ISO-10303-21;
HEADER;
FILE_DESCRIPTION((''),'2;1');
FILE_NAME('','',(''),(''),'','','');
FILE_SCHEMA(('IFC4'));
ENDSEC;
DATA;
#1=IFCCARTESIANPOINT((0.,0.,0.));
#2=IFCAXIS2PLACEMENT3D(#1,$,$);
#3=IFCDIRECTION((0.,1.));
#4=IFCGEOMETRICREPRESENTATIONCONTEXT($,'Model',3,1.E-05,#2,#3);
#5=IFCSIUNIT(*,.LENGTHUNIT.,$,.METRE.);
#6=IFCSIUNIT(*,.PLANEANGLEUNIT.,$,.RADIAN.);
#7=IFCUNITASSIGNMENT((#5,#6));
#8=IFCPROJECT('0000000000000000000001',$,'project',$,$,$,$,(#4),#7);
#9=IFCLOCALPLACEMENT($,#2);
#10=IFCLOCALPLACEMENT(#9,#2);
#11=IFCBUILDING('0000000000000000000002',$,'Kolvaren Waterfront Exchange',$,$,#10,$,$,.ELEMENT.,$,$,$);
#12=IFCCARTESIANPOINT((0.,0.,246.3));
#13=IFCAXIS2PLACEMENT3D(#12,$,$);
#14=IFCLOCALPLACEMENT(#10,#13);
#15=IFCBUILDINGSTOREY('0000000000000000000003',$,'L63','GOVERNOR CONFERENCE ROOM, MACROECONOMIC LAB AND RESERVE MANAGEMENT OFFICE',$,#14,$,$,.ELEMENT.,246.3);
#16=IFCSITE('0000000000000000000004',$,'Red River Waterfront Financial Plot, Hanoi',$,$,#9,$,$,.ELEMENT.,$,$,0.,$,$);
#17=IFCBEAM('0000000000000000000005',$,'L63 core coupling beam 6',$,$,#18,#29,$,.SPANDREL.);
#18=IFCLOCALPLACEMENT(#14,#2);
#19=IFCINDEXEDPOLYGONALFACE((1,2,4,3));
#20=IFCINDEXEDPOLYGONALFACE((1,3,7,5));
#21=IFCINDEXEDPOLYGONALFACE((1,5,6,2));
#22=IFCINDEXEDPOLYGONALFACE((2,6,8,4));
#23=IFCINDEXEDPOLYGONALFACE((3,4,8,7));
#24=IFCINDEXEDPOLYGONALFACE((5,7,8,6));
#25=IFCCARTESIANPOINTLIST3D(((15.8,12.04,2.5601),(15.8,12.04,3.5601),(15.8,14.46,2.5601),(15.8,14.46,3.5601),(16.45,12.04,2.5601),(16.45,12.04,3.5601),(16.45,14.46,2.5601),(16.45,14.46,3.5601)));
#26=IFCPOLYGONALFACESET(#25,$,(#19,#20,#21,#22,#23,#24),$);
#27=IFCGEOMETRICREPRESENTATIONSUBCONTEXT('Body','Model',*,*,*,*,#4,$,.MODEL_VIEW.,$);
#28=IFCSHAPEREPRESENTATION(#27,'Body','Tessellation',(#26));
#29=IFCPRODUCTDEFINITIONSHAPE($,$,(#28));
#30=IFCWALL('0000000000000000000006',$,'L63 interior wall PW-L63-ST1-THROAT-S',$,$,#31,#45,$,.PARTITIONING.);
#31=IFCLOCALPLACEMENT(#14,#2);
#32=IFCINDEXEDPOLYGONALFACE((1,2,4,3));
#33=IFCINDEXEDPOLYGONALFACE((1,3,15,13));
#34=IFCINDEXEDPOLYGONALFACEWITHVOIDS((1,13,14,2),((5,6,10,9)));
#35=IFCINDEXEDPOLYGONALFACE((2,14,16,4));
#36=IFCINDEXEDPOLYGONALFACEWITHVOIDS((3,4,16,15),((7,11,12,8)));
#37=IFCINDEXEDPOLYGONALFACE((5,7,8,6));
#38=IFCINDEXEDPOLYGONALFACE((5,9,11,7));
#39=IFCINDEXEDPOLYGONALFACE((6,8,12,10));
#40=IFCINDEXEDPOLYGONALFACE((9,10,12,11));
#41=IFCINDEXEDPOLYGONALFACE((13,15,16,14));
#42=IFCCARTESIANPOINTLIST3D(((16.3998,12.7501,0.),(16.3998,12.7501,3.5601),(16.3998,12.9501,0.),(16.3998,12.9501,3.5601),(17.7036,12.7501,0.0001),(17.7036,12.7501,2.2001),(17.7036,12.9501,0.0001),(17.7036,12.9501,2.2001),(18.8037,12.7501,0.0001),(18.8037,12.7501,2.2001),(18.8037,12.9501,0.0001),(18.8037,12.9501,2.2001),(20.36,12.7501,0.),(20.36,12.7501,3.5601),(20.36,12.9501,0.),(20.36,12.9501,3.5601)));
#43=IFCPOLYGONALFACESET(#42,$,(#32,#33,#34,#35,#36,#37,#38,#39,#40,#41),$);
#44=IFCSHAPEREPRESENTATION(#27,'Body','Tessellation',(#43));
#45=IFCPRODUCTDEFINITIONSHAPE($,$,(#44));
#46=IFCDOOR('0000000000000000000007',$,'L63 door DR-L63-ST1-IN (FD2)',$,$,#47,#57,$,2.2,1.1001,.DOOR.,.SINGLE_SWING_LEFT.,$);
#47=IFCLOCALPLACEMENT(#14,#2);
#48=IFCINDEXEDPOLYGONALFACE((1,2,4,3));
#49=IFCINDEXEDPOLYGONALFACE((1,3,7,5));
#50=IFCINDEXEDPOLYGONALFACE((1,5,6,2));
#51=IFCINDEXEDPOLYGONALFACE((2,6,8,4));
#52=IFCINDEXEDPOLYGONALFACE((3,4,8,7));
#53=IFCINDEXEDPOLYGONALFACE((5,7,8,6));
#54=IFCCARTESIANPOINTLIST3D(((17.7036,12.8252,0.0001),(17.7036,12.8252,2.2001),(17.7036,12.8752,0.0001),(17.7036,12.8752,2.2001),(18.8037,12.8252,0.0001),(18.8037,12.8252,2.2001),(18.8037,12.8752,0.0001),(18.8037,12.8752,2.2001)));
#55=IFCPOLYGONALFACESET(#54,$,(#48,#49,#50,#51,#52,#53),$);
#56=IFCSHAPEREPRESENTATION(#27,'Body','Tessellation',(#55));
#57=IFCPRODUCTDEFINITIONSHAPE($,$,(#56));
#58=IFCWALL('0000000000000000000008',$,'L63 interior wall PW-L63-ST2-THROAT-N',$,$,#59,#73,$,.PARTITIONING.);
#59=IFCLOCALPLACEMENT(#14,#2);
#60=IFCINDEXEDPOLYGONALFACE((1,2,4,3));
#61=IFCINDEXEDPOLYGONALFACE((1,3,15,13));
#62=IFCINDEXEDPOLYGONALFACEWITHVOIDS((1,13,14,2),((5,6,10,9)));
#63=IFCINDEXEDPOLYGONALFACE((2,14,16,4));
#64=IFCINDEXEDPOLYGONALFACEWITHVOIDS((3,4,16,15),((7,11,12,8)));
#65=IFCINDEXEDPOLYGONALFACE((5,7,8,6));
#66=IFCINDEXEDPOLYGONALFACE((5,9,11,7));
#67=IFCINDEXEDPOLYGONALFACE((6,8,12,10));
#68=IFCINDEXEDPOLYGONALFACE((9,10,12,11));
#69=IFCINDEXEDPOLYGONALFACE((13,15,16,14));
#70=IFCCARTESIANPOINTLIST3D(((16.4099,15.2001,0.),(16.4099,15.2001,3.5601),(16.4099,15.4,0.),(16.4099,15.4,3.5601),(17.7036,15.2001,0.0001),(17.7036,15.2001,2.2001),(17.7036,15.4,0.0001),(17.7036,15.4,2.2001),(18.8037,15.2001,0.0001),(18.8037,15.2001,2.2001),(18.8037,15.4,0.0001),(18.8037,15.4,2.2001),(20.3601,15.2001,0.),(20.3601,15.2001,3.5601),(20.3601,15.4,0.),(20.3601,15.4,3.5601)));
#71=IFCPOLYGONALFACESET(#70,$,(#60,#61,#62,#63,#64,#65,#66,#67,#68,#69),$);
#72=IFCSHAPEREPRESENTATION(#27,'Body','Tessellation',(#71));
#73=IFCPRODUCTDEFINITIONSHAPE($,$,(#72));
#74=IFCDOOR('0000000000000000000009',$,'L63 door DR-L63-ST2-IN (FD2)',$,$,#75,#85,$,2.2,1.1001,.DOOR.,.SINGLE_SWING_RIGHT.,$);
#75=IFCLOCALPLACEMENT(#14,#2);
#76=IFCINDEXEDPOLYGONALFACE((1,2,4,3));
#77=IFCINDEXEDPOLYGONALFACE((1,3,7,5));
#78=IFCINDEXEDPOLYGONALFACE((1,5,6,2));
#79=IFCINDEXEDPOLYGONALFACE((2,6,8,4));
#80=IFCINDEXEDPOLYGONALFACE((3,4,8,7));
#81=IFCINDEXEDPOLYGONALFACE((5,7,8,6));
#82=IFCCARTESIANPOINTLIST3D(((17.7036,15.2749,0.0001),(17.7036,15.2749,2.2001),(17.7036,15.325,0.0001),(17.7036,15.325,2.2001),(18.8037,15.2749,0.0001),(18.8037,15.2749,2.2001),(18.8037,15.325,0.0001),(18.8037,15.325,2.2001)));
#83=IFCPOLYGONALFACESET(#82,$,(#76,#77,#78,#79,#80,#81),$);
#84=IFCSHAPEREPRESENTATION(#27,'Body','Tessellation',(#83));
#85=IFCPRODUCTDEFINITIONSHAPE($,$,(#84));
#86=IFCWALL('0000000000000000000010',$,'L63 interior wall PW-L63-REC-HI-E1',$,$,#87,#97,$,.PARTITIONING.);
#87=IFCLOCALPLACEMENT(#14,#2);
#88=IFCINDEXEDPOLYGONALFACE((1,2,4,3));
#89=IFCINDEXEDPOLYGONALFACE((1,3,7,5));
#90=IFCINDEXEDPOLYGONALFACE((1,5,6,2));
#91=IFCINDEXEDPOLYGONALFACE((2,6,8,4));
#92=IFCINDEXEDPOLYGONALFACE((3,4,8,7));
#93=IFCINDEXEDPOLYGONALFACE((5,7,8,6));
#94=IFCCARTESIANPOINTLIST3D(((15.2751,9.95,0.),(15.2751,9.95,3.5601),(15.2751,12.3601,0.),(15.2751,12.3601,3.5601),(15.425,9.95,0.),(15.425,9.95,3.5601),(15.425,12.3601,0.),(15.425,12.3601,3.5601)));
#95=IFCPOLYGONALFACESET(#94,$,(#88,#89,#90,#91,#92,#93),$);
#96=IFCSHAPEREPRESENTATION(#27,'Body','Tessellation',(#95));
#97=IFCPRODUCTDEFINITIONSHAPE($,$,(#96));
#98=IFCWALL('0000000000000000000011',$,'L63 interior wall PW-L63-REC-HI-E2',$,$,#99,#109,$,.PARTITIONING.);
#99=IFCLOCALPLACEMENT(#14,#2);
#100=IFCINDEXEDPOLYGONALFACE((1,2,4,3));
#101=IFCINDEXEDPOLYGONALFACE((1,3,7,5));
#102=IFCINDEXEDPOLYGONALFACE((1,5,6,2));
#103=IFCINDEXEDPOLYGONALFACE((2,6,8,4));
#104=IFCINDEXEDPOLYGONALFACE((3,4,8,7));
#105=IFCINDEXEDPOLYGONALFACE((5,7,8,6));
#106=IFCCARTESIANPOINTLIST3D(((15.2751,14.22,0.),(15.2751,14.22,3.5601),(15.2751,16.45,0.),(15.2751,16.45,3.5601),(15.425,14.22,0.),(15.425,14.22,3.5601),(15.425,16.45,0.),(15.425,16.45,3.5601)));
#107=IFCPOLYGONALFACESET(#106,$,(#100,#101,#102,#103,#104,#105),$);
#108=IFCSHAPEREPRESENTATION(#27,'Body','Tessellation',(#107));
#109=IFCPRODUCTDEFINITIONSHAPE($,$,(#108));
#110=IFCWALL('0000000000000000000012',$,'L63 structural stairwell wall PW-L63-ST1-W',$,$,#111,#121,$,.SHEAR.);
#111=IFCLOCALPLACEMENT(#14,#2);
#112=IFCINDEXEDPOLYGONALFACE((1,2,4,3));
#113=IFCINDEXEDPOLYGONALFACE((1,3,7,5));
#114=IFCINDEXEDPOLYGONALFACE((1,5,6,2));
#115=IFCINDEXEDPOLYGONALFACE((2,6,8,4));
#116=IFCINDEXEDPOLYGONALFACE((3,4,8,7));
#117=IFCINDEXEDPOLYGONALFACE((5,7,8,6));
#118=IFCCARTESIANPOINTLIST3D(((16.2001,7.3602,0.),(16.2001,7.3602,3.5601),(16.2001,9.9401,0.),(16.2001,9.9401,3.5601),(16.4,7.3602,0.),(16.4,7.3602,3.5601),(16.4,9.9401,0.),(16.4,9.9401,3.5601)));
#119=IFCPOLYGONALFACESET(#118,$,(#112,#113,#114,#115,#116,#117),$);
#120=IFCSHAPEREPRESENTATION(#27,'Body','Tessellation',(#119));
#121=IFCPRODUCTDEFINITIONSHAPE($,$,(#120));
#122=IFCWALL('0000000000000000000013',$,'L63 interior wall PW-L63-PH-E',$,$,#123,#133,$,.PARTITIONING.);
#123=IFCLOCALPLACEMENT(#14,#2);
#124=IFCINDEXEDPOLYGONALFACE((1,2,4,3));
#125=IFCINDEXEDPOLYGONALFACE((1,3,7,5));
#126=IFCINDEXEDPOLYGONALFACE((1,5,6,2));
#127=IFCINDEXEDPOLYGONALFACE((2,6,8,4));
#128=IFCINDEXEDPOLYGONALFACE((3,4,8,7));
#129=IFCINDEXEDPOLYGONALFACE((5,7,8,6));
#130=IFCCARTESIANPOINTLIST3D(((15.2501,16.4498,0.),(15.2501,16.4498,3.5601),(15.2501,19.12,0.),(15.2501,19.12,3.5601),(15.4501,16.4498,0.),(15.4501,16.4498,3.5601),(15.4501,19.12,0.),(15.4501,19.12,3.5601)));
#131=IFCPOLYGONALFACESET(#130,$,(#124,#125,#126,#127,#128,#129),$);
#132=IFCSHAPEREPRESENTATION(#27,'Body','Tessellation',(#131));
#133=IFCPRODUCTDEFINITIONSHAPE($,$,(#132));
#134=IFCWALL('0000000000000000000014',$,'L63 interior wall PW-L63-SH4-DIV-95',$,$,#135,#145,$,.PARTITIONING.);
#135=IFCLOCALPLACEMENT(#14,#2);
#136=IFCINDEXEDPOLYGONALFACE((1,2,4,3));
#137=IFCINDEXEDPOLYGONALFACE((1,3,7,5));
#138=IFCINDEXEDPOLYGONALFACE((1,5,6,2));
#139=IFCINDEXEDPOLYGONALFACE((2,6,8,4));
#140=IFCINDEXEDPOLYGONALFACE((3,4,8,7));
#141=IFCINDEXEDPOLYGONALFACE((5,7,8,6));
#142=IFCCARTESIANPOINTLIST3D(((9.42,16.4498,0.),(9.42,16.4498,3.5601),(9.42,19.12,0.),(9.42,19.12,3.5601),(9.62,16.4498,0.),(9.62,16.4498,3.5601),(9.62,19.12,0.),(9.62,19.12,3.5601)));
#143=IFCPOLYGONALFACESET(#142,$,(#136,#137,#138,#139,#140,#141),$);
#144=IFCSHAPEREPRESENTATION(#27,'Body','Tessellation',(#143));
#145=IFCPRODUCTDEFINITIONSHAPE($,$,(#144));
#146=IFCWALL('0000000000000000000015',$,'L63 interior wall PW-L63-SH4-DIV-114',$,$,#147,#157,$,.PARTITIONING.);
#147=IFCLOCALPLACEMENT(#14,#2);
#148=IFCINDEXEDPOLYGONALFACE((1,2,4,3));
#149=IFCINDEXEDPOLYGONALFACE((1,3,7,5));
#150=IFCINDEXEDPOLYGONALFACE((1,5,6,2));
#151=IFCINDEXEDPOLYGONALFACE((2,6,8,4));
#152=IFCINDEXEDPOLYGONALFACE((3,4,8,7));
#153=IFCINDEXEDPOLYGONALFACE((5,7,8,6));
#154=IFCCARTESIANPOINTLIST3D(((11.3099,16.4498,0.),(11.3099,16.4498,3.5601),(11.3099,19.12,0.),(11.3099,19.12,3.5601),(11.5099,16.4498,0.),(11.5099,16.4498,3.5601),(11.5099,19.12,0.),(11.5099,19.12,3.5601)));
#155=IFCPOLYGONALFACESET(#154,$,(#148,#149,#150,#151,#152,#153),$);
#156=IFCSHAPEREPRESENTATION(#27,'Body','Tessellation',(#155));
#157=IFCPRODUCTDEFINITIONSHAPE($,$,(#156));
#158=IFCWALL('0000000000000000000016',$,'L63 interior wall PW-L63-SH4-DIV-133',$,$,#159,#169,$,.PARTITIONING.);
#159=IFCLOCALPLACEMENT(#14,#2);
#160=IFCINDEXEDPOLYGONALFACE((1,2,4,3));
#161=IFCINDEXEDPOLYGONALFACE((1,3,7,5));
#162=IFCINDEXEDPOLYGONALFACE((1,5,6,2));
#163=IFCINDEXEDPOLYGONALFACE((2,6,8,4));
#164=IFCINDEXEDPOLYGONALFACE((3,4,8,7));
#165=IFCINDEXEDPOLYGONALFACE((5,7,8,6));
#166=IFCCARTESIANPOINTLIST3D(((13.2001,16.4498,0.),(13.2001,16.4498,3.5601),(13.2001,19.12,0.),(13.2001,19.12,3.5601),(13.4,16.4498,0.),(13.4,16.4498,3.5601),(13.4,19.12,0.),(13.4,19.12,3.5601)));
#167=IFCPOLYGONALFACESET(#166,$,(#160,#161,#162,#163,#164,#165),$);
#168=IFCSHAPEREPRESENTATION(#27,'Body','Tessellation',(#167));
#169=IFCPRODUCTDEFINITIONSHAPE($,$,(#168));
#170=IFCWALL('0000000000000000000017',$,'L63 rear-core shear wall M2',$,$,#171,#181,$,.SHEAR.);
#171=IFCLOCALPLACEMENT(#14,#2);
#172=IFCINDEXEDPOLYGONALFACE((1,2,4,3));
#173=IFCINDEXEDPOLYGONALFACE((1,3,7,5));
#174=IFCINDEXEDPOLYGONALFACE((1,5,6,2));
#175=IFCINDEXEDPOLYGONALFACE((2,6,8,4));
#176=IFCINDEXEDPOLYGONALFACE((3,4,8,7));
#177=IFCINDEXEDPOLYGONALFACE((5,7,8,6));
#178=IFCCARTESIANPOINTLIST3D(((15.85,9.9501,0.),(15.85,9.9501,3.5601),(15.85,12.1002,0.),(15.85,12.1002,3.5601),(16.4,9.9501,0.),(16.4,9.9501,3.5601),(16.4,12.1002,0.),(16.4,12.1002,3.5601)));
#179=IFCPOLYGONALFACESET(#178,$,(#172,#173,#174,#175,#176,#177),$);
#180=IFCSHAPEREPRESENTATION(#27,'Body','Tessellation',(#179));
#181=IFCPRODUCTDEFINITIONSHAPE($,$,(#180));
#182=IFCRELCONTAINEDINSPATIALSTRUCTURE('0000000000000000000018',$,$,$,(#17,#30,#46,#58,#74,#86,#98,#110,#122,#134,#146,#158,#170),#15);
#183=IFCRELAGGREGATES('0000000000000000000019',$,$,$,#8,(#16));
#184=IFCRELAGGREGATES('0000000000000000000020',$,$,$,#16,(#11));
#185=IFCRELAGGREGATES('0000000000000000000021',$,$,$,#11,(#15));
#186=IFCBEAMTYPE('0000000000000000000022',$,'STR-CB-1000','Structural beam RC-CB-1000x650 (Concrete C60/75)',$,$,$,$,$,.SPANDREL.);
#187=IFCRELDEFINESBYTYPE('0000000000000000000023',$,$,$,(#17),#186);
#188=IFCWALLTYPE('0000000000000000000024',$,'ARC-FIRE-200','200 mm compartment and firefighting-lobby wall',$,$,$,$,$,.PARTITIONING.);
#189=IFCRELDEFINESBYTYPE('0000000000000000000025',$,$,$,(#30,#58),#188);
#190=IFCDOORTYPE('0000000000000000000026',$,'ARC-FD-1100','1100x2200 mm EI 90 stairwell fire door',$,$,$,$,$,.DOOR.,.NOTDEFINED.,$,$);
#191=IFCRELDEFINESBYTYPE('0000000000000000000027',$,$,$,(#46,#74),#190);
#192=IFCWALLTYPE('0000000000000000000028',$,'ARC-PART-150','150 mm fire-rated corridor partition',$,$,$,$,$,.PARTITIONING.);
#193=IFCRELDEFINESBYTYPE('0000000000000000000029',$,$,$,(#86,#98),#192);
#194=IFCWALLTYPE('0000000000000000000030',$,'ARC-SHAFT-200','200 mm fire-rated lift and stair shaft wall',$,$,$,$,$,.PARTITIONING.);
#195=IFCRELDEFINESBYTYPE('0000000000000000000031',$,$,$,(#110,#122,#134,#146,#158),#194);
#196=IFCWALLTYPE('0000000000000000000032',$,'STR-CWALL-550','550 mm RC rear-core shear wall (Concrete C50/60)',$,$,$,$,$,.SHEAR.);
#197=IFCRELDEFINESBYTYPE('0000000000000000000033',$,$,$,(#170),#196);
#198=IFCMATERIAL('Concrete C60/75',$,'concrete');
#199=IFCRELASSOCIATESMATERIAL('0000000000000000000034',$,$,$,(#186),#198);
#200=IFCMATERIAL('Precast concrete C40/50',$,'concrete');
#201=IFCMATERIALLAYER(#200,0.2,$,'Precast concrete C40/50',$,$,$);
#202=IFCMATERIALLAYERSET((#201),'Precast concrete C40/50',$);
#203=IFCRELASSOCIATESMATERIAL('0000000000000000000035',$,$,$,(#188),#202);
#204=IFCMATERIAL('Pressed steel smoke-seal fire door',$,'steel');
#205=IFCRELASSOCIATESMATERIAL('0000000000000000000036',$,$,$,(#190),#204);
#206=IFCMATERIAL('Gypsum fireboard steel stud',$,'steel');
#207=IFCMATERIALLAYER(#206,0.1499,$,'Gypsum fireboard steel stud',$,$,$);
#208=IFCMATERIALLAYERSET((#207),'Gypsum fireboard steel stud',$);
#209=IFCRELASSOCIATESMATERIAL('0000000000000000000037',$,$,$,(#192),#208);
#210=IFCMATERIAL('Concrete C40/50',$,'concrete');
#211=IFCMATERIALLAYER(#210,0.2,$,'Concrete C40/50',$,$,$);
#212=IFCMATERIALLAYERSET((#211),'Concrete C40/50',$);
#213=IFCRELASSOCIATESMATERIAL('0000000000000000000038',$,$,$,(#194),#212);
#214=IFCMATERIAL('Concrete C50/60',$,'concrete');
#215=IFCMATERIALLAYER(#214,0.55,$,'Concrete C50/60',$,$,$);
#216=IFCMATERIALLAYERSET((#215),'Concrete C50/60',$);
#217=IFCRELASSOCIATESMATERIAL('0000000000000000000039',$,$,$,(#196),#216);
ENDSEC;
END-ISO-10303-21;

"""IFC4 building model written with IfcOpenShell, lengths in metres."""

from ifc_helpers import new_model, si_unit, direction, frame, frame_2d, origin, origin_2d, place, context, subcontext, project, spatial, rectangle, extrude, material, layer, layer_set, material_profile, profile_set, type_object, element, fill, save


model = new_model("IFC4")

# Units and contexts
model_context = context("Model", 3, precision=1e-05, world=origin(), true_north=direction((0.0, 1.0)))
body_context = subcontext(model_context, "Body", "Model", "MODEL_VIEW")
ifc_project = project(units=[si_unit("LENGTHUNIT", "METRE"), si_unit("PLANEANGLEUNIT", "RADIAN")], contexts=[model_context])

# Site, building, storey
site_placement = place(None, origin())
site = spatial("IfcSite", under=ifc_project, at=site_placement, Name="Red River Waterfront Financial Plot, Hanoi", CompositionType="ELEMENT", RefElevation=0.0)
building_placement = place(site_placement, origin())
building = spatial("IfcBuilding", under=site, at=building_placement, Name="Kolvaren Waterfront Exchange", CompositionType="ELEMENT")
storey_placement = place(building_placement, frame((0.0, 0.0, 246.3)))
storey = spatial("IfcBuildingStorey", under=building, at=storey_placement, Name="L63", Description="GOVERNOR CONFERENCE ROOM, MACROECONOMIC LAB AND RESERVE MANAGEMENT OFFICE", CompositionType="ELEMENT", Elevation=246.3)

# Beam
ifc_material_1 = material(Name="Concrete C60/75", Category="concrete")
ifc_material_profile = material_profile(ifc_material_1, rectangle(XDim=0.6499, YDim=1.0, at=origin_2d()), Name="RC-CB-1000x650")
ifc_profile_set = profile_set([ifc_material_profile], Name="Concrete C60/75")
beam_type = type_object("IfcBeamType", Name="STR-CB-1000", Description="Structural beam RC-CB-1000x650 (Concrete C60/75)", PredefinedType="SPANDREL", material=ifc_profile_set)
beam_placement = place(storey_placement, frame((16.125, 12.04, 3.0601), z_axis=(0.0, 1.0, 0.0), x_axis=(-1.0, 0.0, 0.0)))
element("IfcBeam", 1, at=beam_placement, inside=storey, type_object=beam_type, Name="L63 core coupling beam 6", PredefinedType="SPANDREL", context=body_context, shape_type="SweptSolid", body=[
    extrude(rectangle(XDim=0.6499, YDim=1.0, at=origin_2d()), origin(), (0.0, 0.0, 1.0), 2.4199),
])

# Walls, openings, doors
ifc_material_2 = material(Name="Precast concrete C40/50", Category="concrete")
ifc_layer_1 = layer(ifc_material_2, 0.2, Name="Precast concrete C40/50")
ifc_layer_set_1 = layer_set([ifc_layer_1], Name="Precast concrete C40/50")
wall_type_1 = type_object("IfcWallType", Name="ARC-FIRE-200", Description="200 mm compartment and firefighting-lobby wall", PredefinedType="PARTITIONING", material=ifc_layer_set_1)
wall_1_placement = place(storey_placement, frame((16.3999, 12.8501, 0.0), z_axis=(0.0, 0.0, 1.0), x_axis=(1.0, 0.0, 0.0)))
wall_1 = element("IfcWall", 2, at=wall_1_placement, inside=storey, type_object=wall_type_1, Name="L63 interior wall PW-L63-ST1-THROAT-S", PredefinedType="PARTITIONING", context=body_context, shape_type="SweptSolid", body=[
    extrude(rectangle(XDim=3.9602, YDim=0.2, at=frame_2d((1.98, 0.0))), origin(), (0.0, 0.0, 1.0), 3.5601),
])
opening_1_placement = place(wall_1_placement, frame((1.3037, 0.0, 0.0)))
opening_1 = element("IfcOpeningElement", 3, at=opening_1_placement, cuts=wall_1, PredefinedType="OPENING", context=body_context, shape_type="SweptSolid", body=[
    extrude(rectangle(XDim=1.1001, YDim=2.2, at=frame_2d((0.55, 1.1001))), frame((0.0, 0.1099, 0.0), z_axis=(0.0, -1.0, 0.0), x_axis=(1.0, 0.0, 0.0)), (0.0, 0.0, 1.0), 0.22),
])
ifc_material_3 = material(Name="Pressed steel smoke-seal fire door", Category="steel")
door_type = type_object("IfcDoorType", Name="ARC-FD-1100", Description="1100x2200 mm EI 90 stairwell fire door", OperationType="NOTDEFINED", PredefinedType="DOOR", material=ifc_material_3)
door_1_placement = place(opening_1_placement, frame((1.1001, 0.0, 0.0), z_axis=(0.0, 0.0, 1.0), x_axis=(-1.0, 0.0, 0.0)))
door_1 = element("IfcDoor", 4, at=door_1_placement, inside=storey, type_object=door_type, Name="L63 door DR-L63-ST1-IN (FD2)", OperationType="SINGLE_SWING_LEFT", OverallHeight=2.2, OverallWidth=1.1001, PredefinedType="DOOR", context=body_context, shape_type="SweptSolid", body=[
    extrude(rectangle(XDim=1.1001, YDim=2.2, at=frame_2d((0.55, 1.1001))), frame((0.0, 0.0249, 0.0), z_axis=(0.0, -1.0, 0.0), x_axis=(1.0, 0.0, 0.0)), (0.0, 0.0, 1.0), 0.05),
])
fill(opening_1, door_1)
wall_2_placement = place(storey_placement, frame((16.4099, 15.3, 0.0), z_axis=(0.0, 0.0, 1.0), x_axis=(1.0, 0.0, 0.0)))
wall_2 = element("IfcWall", 5, at=wall_2_placement, inside=storey, type_object=wall_type_1, Name="L63 interior wall PW-L63-ST2-THROAT-N", PredefinedType="PARTITIONING", context=body_context, shape_type="SweptSolid", body=[
    extrude(rectangle(XDim=3.9502, YDim=0.2, at=frame_2d((1.9751, 0.0))), origin(), (0.0, 0.0, 1.0), 3.5601),
])
opening_2_placement = place(wall_2_placement, frame((1.2937, 0.0, 0.0)))
opening_2 = element("IfcOpeningElement", 6, at=opening_2_placement, cuts=wall_2, PredefinedType="OPENING", context=body_context, shape_type="SweptSolid", body=[
    extrude(rectangle(XDim=1.1001, YDim=2.2, at=frame_2d((0.55, 1.1001))), frame((0.0, 0.1099, 0.0), z_axis=(0.0, -1.0, 0.0), x_axis=(1.0, 0.0, 0.0)), (0.0, 0.0, 1.0), 0.22),
])
door_2_placement = place(opening_2_placement, origin())
door_2 = element("IfcDoor", 7, at=door_2_placement, inside=storey, type_object=door_type, Name="L63 door DR-L63-ST2-IN (FD2)", OperationType="SINGLE_SWING_RIGHT", OverallHeight=2.2, OverallWidth=1.1001, PredefinedType="DOOR", context=body_context, shape_type="SweptSolid", body=[
    extrude(rectangle(XDim=1.1001, YDim=2.2, at=frame_2d((0.55, 1.1001))), frame((0.0, 0.0249, 0.0), z_axis=(0.0, -1.0, 0.0), x_axis=(1.0, 0.0, 0.0)), (0.0, 0.0, 1.0), 0.05),
])
fill(opening_2, door_2)

# Walls
ifc_material_4 = material(Name="Gypsum fireboard steel stud", Category="steel")
ifc_layer_2 = layer(ifc_material_4, 0.1499, Name="Gypsum fireboard steel stud")
ifc_layer_set_2 = layer_set([ifc_layer_2], Name="Gypsum fireboard steel stud")
wall_type_2 = type_object("IfcWallType", Name="ARC-PART-150", Description="150 mm fire-rated corridor partition", PredefinedType="PARTITIONING", material=ifc_layer_set_2)
wall_3_placement = place(storey_placement, frame((15.3501, 9.95, 0.0), z_axis=(0.0, 0.0, 1.0), x_axis=(0.0, 1.0, 0.0)))
element("IfcWall", 8, at=wall_3_placement, inside=storey, type_object=wall_type_2, Name="L63 interior wall PW-L63-REC-HI-E1", PredefinedType="PARTITIONING", context=body_context, shape_type="SweptSolid", body=[
    extrude(rectangle(XDim=2.4102, YDim=0.1499, at=frame_2d((1.2051, 0.0))), origin(), (0.0, 0.0, 1.0), 3.5601),
])
wall_4_placement = place(storey_placement, frame((15.3501, 14.22, 0.0), z_axis=(0.0, 0.0, 1.0), x_axis=(0.0, 1.0, 0.0)))
element("IfcWall", 9, at=wall_4_placement, inside=storey, type_object=wall_type_2, Name="L63 interior wall PW-L63-REC-HI-E2", PredefinedType="PARTITIONING", context=body_context, shape_type="SweptSolid", body=[
    extrude(rectangle(XDim=2.23, YDim=0.1499, at=frame_2d((1.115, 0.0))), origin(), (0.0, 0.0, 1.0), 3.5601),
])
ifc_material_5 = material(Name="Concrete C40/50", Category="concrete")
ifc_layer_3 = layer(ifc_material_5, 0.2, Name="Concrete C40/50")
ifc_layer_set_3 = layer_set([ifc_layer_3], Name="Concrete C40/50")
wall_type_3 = type_object("IfcWallType", Name="ARC-SHAFT-200", Description="200 mm fire-rated lift and stair shaft wall", PredefinedType="PARTITIONING", material=ifc_layer_set_3)
wall_5_placement = place(storey_placement, frame((16.3, 7.3601, 0.0), z_axis=(0.0, 0.0, 1.0), x_axis=(0.0, 1.0, 0.0)))
element("IfcWall", 10, at=wall_5_placement, inside=storey, type_object=wall_type_3, Name="L63 structural stairwell wall PW-L63-ST1-W", PredefinedType="SHEAR", context=body_context, shape_type="SweptSolid", body=[
    extrude(rectangle(XDim=2.5798, YDim=0.2, at=frame_2d((1.29, 0.0))), origin(), (0.0, 0.0, 1.0), 3.5601),
])
for number, where, z_axis, x_axis, name in (
    (11, (15.3501, 16.45, 0.0), (0.0, 0.0, 1.0), (0.0, 1.0, 0.0), "L63 interior wall PW-L63-PH-E"),
    (12, (9.52, 16.45, 0.0), (0.0, 0.0, 1.0), (0.0, 1.0, 0.0), "L63 interior wall PW-L63-SH4-DIV-95"),
    (13, (11.4099, 16.45, 0.0), (0.0, 0.0, 1.0), (0.0, 1.0, 0.0), "L63 interior wall PW-L63-SH4-DIV-114"),
    (14, (13.3, 16.45, 0.0), (0.0, 0.0, 1.0), (0.0, 1.0, 0.0), "L63 interior wall PW-L63-SH4-DIV-133"),
):
    element("IfcWall", number, at=place(storey_placement, frame(where, z_axis=z_axis, x_axis=x_axis)), inside=storey, type_object=wall_type_3, Name=name, PredefinedType="PARTITIONING", context=body_context, shape_type="SweptSolid", body=[
        extrude(rectangle(XDim=2.6702, YDim=0.2, at=frame_2d((1.335, 0.0))), origin(), (0.0, 0.0, 1.0), 3.5601),
    ])
ifc_material_6 = material(Name="Concrete C50/60", Category="concrete")
ifc_layer_4 = layer(ifc_material_6, 0.55, Name="Concrete C50/60")
ifc_layer_set_4 = layer_set([ifc_layer_4], Name="Concrete C50/60")
wall_type_4 = type_object("IfcWallType", Name="STR-CWALL-550", Description="550 mm RC rear-core shear wall (Concrete C50/60)", PredefinedType="SHEAR", material=ifc_layer_set_4)
wall_6_placement = place(storey_placement, frame((16.125, 9.95, 0.0), z_axis=(0.0, 0.0, 1.0), x_axis=(0.0, 1.0, 0.0)))
element("IfcWall", 15, at=wall_6_placement, inside=storey, type_object=wall_type_4, Name="L63 rear-core shear wall M2", PredefinedType="SHEAR", context=body_context, shape_type="SweptSolid", body=[
    extrude(rectangle(XDim=2.1501, YDim=0.55, at=frame_2d((1.0752, 0.0))), origin(), (0.0, 0.0, 1.0), 3.5601),
])

save(model, "model.ifc")
